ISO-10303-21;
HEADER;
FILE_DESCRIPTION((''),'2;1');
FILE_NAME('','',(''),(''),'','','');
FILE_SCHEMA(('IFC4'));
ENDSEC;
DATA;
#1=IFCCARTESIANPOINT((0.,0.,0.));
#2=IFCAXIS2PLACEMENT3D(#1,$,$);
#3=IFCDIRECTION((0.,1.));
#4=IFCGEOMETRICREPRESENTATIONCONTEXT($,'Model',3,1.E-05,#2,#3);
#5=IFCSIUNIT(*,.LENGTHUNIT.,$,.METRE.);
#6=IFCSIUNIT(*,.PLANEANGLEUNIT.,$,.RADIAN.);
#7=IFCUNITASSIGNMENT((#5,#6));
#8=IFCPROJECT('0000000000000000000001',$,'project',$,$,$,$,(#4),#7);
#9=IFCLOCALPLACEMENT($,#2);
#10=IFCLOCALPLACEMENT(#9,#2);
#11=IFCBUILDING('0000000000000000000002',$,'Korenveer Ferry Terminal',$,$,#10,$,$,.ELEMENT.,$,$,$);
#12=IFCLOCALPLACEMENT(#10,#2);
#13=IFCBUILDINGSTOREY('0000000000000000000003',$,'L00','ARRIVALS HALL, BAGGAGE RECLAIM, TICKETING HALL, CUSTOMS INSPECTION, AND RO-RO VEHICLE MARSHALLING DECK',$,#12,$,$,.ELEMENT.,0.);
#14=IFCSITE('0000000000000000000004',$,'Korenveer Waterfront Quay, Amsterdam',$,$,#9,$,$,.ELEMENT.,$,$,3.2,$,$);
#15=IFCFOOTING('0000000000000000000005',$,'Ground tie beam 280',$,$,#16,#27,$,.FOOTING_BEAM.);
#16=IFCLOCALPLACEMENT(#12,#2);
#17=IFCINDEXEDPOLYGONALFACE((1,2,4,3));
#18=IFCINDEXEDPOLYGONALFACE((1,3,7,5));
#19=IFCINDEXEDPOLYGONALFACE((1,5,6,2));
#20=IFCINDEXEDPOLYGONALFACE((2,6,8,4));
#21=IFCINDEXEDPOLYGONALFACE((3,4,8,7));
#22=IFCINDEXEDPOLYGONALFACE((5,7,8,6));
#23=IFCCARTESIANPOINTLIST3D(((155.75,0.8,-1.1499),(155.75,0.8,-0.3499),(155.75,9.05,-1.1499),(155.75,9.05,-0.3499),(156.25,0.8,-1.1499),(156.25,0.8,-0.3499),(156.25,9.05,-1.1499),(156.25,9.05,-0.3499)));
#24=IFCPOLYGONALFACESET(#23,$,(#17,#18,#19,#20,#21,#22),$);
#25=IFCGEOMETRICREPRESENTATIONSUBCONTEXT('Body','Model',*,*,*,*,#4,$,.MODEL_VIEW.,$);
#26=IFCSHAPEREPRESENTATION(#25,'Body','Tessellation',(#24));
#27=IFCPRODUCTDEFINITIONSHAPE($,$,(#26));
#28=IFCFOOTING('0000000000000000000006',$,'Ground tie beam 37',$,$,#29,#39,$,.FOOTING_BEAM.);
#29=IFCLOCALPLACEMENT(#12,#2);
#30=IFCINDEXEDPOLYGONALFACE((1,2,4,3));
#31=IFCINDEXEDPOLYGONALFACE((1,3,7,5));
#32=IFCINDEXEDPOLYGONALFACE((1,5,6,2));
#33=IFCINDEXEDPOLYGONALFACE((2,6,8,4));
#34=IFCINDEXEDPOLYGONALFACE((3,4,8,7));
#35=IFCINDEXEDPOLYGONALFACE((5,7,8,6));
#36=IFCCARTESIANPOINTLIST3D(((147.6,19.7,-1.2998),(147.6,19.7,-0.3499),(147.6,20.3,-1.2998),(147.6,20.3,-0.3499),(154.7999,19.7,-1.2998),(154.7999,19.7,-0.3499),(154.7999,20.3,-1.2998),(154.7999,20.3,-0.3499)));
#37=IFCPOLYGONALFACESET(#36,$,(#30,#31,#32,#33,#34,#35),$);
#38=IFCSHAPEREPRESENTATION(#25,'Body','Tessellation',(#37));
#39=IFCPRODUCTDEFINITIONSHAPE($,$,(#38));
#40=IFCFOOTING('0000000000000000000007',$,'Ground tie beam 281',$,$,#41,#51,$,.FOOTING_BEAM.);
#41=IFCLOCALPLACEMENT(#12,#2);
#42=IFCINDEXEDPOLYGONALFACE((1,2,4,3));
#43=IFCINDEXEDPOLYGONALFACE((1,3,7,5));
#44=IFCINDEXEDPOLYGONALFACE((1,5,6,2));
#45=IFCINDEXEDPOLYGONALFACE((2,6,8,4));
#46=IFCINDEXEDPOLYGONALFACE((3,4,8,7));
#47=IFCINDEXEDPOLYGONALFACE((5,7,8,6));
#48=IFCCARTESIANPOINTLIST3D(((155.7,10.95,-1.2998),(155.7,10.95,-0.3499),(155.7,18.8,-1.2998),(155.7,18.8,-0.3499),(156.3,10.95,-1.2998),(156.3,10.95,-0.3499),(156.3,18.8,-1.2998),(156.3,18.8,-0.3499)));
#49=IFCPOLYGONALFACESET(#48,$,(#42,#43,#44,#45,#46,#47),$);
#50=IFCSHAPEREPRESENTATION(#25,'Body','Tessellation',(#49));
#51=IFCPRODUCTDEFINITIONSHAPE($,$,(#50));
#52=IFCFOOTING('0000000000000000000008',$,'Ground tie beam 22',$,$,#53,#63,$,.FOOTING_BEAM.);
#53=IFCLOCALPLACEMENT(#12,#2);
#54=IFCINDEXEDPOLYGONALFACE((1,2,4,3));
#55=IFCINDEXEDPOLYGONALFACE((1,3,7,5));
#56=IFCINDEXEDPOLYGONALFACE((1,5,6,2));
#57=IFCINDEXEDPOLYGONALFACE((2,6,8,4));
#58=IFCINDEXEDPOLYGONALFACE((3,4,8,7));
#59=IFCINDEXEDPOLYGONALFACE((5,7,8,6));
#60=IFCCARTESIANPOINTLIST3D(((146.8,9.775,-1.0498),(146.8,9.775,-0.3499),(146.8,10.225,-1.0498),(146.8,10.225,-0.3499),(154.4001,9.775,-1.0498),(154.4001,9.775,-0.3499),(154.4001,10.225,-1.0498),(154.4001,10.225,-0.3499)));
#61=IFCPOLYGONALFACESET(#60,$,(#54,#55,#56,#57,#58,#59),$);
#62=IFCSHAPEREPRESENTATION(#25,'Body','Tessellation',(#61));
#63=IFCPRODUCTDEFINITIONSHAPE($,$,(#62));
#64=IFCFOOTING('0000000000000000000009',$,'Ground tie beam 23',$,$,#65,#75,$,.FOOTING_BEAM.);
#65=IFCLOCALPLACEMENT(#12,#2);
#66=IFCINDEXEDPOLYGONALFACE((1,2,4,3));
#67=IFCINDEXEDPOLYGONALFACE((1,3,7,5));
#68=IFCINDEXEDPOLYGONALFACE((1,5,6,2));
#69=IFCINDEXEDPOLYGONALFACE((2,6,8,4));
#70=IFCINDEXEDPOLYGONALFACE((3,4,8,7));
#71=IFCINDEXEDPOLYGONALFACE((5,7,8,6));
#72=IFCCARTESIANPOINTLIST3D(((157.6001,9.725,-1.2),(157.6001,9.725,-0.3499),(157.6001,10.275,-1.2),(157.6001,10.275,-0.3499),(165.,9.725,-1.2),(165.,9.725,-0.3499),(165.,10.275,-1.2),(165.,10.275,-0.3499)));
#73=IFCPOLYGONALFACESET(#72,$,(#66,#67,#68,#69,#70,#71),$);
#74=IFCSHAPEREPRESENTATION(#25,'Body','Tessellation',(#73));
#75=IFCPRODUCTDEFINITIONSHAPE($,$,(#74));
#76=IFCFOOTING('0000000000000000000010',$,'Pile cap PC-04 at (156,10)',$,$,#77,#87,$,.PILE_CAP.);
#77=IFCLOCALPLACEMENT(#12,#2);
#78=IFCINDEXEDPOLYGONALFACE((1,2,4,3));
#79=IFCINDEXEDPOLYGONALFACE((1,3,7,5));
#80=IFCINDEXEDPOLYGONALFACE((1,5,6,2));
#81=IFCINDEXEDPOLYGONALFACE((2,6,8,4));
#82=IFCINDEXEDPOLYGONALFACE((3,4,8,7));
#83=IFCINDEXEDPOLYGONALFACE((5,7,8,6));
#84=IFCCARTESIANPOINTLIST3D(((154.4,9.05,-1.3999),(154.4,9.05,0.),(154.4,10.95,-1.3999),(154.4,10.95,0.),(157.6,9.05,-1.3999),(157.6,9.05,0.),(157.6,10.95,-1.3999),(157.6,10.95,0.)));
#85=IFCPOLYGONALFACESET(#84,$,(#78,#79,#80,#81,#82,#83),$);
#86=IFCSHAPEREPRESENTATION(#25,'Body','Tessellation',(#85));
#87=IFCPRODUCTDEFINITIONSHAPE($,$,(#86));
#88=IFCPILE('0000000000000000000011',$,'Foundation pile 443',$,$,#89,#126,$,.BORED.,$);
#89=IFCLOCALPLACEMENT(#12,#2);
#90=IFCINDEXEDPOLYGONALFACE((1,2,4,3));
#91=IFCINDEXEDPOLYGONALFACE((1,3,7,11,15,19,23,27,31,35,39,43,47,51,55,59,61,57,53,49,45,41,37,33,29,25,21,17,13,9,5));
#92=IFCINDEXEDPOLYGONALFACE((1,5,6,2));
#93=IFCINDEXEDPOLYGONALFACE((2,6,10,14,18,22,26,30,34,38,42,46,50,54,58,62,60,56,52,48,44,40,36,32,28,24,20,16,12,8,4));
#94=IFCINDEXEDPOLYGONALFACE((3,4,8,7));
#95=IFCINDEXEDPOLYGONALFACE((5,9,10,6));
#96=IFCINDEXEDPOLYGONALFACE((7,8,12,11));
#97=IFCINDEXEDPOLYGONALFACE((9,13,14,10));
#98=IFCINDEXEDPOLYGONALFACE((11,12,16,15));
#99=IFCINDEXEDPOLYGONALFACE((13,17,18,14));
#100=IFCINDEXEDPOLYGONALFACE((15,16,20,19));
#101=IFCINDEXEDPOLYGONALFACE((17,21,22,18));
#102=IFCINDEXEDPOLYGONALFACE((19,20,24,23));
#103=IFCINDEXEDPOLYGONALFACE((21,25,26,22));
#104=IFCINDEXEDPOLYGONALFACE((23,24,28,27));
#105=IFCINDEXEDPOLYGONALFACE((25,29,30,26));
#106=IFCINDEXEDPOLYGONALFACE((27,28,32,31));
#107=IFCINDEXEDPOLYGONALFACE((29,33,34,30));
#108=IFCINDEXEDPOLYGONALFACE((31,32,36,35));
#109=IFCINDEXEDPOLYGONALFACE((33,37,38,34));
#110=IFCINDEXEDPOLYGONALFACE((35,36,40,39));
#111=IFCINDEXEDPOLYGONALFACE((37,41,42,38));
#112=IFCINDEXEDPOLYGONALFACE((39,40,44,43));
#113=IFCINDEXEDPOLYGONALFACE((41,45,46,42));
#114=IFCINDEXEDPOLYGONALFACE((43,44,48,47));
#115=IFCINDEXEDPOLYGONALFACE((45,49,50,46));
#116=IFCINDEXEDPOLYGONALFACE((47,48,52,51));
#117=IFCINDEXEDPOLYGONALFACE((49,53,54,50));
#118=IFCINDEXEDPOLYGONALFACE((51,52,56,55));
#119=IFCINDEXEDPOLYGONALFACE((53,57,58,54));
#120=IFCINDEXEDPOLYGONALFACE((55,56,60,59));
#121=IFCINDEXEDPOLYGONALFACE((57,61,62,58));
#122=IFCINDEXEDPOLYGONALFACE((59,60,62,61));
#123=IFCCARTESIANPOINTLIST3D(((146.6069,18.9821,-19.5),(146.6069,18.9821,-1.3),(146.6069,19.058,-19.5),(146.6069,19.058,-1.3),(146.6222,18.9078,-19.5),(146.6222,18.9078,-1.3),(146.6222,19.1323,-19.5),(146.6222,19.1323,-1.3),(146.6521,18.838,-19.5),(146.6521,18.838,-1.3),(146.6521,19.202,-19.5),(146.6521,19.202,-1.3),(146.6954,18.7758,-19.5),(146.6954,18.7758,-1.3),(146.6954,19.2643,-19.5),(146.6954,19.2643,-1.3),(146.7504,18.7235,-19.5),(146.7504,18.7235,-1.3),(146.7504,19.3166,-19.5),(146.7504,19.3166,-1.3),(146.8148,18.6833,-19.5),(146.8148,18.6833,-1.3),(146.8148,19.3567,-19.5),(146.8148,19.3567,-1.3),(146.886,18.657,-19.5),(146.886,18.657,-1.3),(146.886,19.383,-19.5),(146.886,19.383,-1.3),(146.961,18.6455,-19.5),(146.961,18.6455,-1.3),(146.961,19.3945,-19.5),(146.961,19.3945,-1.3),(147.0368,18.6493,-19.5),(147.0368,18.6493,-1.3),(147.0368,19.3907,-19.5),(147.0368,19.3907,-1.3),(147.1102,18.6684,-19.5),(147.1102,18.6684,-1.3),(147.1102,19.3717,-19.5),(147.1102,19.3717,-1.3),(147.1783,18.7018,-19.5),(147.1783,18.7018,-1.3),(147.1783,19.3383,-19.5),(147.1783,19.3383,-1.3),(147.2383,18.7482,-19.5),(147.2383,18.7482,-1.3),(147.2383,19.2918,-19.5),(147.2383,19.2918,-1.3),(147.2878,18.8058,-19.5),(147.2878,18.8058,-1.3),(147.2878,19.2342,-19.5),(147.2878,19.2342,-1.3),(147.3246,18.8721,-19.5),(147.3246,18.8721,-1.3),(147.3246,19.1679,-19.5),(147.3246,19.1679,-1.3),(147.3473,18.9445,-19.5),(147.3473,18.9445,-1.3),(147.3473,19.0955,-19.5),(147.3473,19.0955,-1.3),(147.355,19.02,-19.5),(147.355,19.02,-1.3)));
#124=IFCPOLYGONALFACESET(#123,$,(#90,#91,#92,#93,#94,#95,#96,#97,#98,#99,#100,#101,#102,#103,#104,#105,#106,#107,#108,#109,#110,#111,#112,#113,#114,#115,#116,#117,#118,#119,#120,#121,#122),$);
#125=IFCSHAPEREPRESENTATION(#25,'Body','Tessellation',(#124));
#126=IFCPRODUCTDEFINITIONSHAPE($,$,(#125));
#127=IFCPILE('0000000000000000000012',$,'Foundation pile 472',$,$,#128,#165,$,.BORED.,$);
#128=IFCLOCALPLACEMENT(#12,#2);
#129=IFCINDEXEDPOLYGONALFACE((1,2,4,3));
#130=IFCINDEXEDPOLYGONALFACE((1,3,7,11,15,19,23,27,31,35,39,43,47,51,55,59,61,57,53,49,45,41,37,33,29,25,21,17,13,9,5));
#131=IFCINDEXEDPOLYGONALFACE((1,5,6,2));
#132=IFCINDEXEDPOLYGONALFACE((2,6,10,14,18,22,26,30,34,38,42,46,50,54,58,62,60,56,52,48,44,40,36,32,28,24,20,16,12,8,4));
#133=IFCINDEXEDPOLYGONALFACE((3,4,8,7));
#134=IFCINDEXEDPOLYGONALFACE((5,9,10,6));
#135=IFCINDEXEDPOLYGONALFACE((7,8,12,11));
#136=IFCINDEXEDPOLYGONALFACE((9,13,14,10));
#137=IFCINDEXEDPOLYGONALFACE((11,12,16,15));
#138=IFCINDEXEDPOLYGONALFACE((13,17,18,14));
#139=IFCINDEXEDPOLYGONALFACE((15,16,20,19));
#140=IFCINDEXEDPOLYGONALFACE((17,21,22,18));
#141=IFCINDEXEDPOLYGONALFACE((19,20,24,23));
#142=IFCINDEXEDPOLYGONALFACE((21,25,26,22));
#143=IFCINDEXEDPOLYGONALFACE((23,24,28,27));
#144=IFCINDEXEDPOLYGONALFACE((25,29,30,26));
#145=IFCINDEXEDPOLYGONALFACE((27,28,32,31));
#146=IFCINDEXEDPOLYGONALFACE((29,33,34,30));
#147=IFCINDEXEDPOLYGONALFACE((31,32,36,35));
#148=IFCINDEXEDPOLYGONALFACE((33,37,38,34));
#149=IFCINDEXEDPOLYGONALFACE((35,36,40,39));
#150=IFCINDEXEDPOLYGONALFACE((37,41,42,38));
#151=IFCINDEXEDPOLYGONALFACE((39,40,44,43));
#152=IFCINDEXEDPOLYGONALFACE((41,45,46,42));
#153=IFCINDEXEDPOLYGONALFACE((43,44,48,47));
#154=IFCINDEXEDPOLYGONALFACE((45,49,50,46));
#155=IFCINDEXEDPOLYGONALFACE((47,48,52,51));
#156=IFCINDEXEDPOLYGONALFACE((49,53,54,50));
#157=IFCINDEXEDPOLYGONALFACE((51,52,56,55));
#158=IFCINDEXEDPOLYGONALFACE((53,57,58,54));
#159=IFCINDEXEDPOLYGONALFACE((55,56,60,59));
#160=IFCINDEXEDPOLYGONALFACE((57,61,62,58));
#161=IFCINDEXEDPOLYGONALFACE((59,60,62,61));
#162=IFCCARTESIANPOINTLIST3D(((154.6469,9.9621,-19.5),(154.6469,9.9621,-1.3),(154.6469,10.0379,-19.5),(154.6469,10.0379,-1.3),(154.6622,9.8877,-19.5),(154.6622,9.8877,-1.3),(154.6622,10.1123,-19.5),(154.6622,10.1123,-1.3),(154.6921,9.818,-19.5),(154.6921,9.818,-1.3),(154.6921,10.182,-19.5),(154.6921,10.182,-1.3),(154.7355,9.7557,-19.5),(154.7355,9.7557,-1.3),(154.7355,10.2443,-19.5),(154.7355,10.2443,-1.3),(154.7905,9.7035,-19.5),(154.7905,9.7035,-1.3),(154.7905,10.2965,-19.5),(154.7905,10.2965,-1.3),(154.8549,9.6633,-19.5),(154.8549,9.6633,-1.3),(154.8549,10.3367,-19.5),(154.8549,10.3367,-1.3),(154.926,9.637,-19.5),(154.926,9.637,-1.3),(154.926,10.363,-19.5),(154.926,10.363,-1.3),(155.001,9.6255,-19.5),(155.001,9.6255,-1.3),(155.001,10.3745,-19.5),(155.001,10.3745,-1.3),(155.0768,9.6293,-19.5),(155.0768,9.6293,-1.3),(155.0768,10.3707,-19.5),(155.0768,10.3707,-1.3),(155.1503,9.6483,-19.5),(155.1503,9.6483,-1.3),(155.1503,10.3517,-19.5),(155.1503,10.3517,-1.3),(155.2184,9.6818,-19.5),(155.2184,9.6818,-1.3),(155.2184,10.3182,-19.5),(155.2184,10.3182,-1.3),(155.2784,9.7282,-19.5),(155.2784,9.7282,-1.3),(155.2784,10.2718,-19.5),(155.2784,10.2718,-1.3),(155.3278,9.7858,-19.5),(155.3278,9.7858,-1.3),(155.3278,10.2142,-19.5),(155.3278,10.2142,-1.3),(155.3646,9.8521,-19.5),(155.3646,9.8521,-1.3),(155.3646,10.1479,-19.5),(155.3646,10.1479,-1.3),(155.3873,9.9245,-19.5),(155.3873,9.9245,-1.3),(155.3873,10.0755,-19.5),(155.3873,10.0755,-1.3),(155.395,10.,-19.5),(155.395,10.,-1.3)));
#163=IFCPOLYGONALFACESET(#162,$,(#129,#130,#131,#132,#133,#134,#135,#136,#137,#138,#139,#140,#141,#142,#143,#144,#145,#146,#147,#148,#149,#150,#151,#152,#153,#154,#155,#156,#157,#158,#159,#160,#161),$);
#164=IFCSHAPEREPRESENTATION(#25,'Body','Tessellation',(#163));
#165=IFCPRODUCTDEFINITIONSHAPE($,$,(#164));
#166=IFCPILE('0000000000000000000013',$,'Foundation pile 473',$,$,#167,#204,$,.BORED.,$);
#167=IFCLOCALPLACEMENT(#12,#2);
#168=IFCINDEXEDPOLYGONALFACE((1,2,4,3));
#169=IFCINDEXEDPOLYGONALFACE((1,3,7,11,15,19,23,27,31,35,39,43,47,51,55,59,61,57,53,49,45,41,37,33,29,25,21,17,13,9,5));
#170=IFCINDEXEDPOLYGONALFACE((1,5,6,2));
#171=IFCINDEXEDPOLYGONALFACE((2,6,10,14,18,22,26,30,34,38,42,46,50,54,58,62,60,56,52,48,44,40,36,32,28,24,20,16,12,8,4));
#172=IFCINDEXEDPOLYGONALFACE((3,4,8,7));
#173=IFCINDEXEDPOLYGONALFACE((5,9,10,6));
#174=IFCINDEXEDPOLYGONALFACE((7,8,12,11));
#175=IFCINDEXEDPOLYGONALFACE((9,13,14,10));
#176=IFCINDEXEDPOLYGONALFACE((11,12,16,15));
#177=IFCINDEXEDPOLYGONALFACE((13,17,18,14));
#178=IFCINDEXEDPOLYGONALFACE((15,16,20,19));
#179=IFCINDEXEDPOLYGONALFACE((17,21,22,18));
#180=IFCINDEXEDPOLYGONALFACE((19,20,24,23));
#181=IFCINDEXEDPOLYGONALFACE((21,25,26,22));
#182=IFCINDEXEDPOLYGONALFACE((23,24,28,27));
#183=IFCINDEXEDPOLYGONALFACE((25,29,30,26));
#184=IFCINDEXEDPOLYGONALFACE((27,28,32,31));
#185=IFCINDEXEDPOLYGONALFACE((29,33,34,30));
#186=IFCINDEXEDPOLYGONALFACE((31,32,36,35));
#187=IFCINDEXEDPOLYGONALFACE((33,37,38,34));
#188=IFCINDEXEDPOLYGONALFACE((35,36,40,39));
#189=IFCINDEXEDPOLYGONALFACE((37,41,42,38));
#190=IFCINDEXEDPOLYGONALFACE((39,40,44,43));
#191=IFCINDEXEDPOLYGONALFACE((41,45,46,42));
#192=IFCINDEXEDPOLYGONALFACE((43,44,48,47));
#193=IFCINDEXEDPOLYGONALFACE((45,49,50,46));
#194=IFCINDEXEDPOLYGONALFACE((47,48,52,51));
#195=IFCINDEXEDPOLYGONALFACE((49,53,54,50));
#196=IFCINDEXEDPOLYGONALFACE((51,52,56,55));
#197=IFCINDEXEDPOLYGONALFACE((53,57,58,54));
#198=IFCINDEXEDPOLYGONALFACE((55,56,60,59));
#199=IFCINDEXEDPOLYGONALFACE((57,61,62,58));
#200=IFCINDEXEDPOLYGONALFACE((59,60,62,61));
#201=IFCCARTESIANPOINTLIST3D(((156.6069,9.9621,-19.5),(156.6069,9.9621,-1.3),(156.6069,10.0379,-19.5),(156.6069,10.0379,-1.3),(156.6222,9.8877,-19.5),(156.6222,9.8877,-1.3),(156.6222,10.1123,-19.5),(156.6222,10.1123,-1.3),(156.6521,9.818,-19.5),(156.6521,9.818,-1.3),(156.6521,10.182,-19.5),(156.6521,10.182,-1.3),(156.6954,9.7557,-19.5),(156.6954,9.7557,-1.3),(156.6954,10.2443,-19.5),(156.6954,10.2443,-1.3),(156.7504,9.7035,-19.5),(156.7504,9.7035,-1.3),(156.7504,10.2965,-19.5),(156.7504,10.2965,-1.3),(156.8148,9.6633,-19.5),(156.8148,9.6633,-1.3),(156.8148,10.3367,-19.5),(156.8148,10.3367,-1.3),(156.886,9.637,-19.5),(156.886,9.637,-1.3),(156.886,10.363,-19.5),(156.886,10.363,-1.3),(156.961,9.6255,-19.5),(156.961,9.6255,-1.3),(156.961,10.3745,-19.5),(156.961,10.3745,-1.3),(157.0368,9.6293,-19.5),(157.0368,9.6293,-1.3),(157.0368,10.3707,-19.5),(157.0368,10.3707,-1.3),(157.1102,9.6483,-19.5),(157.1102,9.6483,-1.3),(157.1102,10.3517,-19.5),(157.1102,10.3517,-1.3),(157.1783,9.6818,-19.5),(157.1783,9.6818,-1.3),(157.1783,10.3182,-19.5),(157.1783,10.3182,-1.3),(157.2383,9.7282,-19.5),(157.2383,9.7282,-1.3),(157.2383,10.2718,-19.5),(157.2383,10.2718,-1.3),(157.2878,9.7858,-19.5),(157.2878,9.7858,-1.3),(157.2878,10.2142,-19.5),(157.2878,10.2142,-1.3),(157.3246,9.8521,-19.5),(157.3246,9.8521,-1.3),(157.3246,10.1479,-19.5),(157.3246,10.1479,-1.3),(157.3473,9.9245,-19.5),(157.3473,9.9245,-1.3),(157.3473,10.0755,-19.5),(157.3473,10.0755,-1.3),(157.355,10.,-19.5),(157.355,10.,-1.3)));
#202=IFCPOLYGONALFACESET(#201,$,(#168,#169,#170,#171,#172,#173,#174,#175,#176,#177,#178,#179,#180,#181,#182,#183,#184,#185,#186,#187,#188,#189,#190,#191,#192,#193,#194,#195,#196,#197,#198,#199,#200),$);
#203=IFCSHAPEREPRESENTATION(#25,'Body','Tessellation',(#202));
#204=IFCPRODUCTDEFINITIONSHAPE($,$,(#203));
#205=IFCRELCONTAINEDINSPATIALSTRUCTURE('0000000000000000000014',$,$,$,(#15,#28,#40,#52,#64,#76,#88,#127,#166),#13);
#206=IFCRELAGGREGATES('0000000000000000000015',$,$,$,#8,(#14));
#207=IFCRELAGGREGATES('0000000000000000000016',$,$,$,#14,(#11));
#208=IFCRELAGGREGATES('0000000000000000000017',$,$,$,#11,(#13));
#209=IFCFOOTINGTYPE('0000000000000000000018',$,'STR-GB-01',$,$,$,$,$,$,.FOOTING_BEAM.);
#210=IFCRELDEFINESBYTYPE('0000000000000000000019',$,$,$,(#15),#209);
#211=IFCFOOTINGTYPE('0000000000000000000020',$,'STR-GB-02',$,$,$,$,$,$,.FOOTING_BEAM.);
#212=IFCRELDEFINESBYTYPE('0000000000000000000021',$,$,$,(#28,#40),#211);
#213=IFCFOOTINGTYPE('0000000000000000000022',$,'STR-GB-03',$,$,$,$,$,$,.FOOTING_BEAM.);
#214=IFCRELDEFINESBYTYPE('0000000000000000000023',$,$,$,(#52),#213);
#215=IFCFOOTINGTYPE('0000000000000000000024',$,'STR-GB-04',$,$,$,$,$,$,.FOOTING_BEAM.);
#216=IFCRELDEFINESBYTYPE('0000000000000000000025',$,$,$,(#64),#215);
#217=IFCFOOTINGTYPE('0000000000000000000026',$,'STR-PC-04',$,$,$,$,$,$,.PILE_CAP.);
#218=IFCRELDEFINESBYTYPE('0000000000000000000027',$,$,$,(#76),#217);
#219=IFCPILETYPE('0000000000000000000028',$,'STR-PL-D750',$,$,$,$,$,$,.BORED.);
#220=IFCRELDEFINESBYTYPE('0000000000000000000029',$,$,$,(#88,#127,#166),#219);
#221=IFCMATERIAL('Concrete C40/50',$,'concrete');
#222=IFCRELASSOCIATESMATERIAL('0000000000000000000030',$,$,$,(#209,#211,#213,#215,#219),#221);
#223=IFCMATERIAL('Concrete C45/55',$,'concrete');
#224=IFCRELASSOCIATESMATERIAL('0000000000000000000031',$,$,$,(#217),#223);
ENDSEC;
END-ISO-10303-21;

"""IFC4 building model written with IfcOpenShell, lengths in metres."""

from ifc_helpers import new_model, si_unit, direction, frame, origin, origin_2d, place, context, subcontext, project, spatial, rectangle, circle, extrude, material, material_profile, profile_set, type_object, element, save


model = new_model("IFC4")

# Units and contexts
model_context = context("Model", 3, precision=1e-05, world=origin(), true_north=direction((0.0, 1.0)))
body_context = subcontext(model_context, "Body", "Model", "MODEL_VIEW")
ifc_project = project(units=[si_unit("LENGTHUNIT", "METRE"), si_unit("PLANEANGLEUNIT", "RADIAN")], contexts=[model_context])

# Site, building, storey
site_placement = place(None, origin())
site = spatial("IfcSite", under=ifc_project, at=site_placement, Name="Korenveer Waterfront Quay, Amsterdam", CompositionType="ELEMENT", RefElevation=3.2)
building_placement = place(site_placement, origin())
building = spatial("IfcBuilding", under=site, at=building_placement, Name="Korenveer Ferry Terminal", CompositionType="ELEMENT")
storey_placement = place(building_placement, origin())
storey = spatial("IfcBuildingStorey", under=building, at=storey_placement, Name="L00", Description="ARRIVALS HALL, BAGGAGE RECLAIM, TICKETING HALL, CUSTOMS INSPECTION, AND RO-RO VEHICLE MARSHALLING DECK", CompositionType="ELEMENT", Elevation=0.0)

# Footings
ifc_material_1 = material(Name="Concrete C40/50", Category="concrete")
footing_type_1 = type_object("IfcFootingType", Name="STR-GB-01", PredefinedType="FOOTING_BEAM", material=ifc_material_1)
footing_1_placement = place(storey_placement, frame((156.0, 4.925, -1.1499), z_axis=(0.0, 0.0, 1.0), x_axis=(1.0, 0.0, 0.0)))
element("IfcFooting", 1, at=footing_1_placement, inside=storey, type_object=footing_type_1, Name="Ground tie beam 280", PredefinedType="FOOTING_BEAM", context=body_context, shape_type="SweptSolid", body=[
    extrude(rectangle(XDim=0.5, YDim=8.25, at=origin_2d()), origin(), (0.0, 0.0, 1.0), 0.8),
])
footing_type_2 = type_object("IfcFootingType", Name="STR-GB-02", PredefinedType="FOOTING_BEAM", material=ifc_material_1)
footing_2_placement = place(storey_placement, frame((151.2, 20.0, -1.2998), z_axis=(0.0, 0.0, 1.0), x_axis=(1.0, 0.0, 0.0)))
element("IfcFooting", 2, at=footing_2_placement, inside=storey, type_object=footing_type_2, Name="Ground tie beam 37", PredefinedType="FOOTING_BEAM", context=body_context, shape_type="SweptSolid", body=[
    extrude(rectangle(XDim=7.2, YDim=0.6001, at=origin_2d()), origin(), (0.0, 0.0, 1.0), 0.95),
])
footing_3_placement = place(storey_placement, frame((156.0, 14.875, -1.2998), z_axis=(0.0, 0.0, 1.0), x_axis=(1.0, 0.0, 0.0)))
element("IfcFooting", 3, at=footing_3_placement, inside=storey, type_object=footing_type_2, Name="Ground tie beam 281", PredefinedType="FOOTING_BEAM", context=body_context, shape_type="SweptSolid", body=[
    extrude(rectangle(XDim=0.6001, YDim=7.8501, at=origin_2d()), origin(), (0.0, 0.0, 1.0), 0.95),
])
footing_type_3 = type_object("IfcFootingType", Name="STR-GB-03", PredefinedType="FOOTING_BEAM", material=ifc_material_1)
footing_4_placement = place(storey_placement, frame((150.6001, 10.0, -1.0498), z_axis=(0.0, 0.0, 1.0), x_axis=(1.0, 0.0, 0.0)))
element("IfcFooting", 4, at=footing_4_placement, inside=storey, type_object=footing_type_3, Name="Ground tie beam 22", PredefinedType="FOOTING_BEAM", context=body_context, shape_type="SweptSolid", body=[
    extrude(rectangle(XDim=7.6001, YDim=0.45, at=origin_2d()), origin(), (0.0, 0.0, 1.0), 0.7),
])
footing_type_4 = type_object("IfcFootingType", Name="STR-GB-04", PredefinedType="FOOTING_BEAM", material=ifc_material_1)
footing_5_placement = place(storey_placement, frame((161.3, 10.0, -1.2), z_axis=(0.0, 0.0, 1.0), x_axis=(1.0, 0.0, 0.0)))
element("IfcFooting", 5, at=footing_5_placement, inside=storey, type_object=footing_type_4, Name="Ground tie beam 23", PredefinedType="FOOTING_BEAM", context=body_context, shape_type="SweptSolid", body=[
    extrude(rectangle(XDim=7.3999, YDim=0.55, at=origin_2d()), origin(), (0.0, 0.0, 1.0), 0.8501),
])
ifc_material_2 = material(Name="Concrete C45/55", Category="concrete")
footing_type_5 = type_object("IfcFootingType", Name="STR-PC-04", PredefinedType="PILE_CAP", material=ifc_material_2)
footing_6_placement = place(storey_placement, frame((156.0, 10.0, -1.3999), z_axis=(0.0, 0.0, 1.0), x_axis=(1.0, 0.0, 0.0)))
element("IfcFooting", 6, at=footing_6_placement, inside=storey, type_object=footing_type_5, Name="Pile cap PC-04 at (156,10)", PredefinedType="PILE_CAP", context=body_context, shape_type="SweptSolid", body=[
    extrude(rectangle(XDim=3.2, YDim=1.8999, at=origin_2d()), origin(), (0.0, 0.0, 1.0), 1.3999),
])

# Piles
ifc_material_profile_1 = material_profile(ifc_material_1, circle(Radius=0.375, at=origin_2d()), Name="PILE D750")
ifc_profile_set_1 = profile_set([ifc_material_profile_1], Name="Concrete C40/50")
pile_type = type_object("IfcPileType", Name="STR-PL-D750", PredefinedType="BORED", material=ifc_profile_set_1)
for number, where, z_axis, x_axis, name in (
    (7, (146.98, 19.02, -1.3), (0.0, 0.0, -1.0), (1.0, 0.0, 0.0), "Foundation pile 443"),
    (8, (155.02, 10.0, -1.3), (0.0, 0.0, -1.0), (1.0, 0.0, 0.0), "Foundation pile 472"),
    (9, (156.98, 10.0, -1.3), (0.0, 0.0, -1.0), (1.0, 0.0, 0.0), "Foundation pile 473"),
):
    element("IfcPile", number, at=place(storey_placement, frame(where, z_axis=z_axis, x_axis=x_axis)), inside=storey, type_object=pile_type, Name=name, PredefinedType="BORED", context=body_context, shape_type="SweptSolid", body=[
        extrude(circle(Radius=0.375, at=origin_2d()), origin(), (0.0, 0.0, 1.0), 18.2),
    ])

save(model, "model.ifc")
